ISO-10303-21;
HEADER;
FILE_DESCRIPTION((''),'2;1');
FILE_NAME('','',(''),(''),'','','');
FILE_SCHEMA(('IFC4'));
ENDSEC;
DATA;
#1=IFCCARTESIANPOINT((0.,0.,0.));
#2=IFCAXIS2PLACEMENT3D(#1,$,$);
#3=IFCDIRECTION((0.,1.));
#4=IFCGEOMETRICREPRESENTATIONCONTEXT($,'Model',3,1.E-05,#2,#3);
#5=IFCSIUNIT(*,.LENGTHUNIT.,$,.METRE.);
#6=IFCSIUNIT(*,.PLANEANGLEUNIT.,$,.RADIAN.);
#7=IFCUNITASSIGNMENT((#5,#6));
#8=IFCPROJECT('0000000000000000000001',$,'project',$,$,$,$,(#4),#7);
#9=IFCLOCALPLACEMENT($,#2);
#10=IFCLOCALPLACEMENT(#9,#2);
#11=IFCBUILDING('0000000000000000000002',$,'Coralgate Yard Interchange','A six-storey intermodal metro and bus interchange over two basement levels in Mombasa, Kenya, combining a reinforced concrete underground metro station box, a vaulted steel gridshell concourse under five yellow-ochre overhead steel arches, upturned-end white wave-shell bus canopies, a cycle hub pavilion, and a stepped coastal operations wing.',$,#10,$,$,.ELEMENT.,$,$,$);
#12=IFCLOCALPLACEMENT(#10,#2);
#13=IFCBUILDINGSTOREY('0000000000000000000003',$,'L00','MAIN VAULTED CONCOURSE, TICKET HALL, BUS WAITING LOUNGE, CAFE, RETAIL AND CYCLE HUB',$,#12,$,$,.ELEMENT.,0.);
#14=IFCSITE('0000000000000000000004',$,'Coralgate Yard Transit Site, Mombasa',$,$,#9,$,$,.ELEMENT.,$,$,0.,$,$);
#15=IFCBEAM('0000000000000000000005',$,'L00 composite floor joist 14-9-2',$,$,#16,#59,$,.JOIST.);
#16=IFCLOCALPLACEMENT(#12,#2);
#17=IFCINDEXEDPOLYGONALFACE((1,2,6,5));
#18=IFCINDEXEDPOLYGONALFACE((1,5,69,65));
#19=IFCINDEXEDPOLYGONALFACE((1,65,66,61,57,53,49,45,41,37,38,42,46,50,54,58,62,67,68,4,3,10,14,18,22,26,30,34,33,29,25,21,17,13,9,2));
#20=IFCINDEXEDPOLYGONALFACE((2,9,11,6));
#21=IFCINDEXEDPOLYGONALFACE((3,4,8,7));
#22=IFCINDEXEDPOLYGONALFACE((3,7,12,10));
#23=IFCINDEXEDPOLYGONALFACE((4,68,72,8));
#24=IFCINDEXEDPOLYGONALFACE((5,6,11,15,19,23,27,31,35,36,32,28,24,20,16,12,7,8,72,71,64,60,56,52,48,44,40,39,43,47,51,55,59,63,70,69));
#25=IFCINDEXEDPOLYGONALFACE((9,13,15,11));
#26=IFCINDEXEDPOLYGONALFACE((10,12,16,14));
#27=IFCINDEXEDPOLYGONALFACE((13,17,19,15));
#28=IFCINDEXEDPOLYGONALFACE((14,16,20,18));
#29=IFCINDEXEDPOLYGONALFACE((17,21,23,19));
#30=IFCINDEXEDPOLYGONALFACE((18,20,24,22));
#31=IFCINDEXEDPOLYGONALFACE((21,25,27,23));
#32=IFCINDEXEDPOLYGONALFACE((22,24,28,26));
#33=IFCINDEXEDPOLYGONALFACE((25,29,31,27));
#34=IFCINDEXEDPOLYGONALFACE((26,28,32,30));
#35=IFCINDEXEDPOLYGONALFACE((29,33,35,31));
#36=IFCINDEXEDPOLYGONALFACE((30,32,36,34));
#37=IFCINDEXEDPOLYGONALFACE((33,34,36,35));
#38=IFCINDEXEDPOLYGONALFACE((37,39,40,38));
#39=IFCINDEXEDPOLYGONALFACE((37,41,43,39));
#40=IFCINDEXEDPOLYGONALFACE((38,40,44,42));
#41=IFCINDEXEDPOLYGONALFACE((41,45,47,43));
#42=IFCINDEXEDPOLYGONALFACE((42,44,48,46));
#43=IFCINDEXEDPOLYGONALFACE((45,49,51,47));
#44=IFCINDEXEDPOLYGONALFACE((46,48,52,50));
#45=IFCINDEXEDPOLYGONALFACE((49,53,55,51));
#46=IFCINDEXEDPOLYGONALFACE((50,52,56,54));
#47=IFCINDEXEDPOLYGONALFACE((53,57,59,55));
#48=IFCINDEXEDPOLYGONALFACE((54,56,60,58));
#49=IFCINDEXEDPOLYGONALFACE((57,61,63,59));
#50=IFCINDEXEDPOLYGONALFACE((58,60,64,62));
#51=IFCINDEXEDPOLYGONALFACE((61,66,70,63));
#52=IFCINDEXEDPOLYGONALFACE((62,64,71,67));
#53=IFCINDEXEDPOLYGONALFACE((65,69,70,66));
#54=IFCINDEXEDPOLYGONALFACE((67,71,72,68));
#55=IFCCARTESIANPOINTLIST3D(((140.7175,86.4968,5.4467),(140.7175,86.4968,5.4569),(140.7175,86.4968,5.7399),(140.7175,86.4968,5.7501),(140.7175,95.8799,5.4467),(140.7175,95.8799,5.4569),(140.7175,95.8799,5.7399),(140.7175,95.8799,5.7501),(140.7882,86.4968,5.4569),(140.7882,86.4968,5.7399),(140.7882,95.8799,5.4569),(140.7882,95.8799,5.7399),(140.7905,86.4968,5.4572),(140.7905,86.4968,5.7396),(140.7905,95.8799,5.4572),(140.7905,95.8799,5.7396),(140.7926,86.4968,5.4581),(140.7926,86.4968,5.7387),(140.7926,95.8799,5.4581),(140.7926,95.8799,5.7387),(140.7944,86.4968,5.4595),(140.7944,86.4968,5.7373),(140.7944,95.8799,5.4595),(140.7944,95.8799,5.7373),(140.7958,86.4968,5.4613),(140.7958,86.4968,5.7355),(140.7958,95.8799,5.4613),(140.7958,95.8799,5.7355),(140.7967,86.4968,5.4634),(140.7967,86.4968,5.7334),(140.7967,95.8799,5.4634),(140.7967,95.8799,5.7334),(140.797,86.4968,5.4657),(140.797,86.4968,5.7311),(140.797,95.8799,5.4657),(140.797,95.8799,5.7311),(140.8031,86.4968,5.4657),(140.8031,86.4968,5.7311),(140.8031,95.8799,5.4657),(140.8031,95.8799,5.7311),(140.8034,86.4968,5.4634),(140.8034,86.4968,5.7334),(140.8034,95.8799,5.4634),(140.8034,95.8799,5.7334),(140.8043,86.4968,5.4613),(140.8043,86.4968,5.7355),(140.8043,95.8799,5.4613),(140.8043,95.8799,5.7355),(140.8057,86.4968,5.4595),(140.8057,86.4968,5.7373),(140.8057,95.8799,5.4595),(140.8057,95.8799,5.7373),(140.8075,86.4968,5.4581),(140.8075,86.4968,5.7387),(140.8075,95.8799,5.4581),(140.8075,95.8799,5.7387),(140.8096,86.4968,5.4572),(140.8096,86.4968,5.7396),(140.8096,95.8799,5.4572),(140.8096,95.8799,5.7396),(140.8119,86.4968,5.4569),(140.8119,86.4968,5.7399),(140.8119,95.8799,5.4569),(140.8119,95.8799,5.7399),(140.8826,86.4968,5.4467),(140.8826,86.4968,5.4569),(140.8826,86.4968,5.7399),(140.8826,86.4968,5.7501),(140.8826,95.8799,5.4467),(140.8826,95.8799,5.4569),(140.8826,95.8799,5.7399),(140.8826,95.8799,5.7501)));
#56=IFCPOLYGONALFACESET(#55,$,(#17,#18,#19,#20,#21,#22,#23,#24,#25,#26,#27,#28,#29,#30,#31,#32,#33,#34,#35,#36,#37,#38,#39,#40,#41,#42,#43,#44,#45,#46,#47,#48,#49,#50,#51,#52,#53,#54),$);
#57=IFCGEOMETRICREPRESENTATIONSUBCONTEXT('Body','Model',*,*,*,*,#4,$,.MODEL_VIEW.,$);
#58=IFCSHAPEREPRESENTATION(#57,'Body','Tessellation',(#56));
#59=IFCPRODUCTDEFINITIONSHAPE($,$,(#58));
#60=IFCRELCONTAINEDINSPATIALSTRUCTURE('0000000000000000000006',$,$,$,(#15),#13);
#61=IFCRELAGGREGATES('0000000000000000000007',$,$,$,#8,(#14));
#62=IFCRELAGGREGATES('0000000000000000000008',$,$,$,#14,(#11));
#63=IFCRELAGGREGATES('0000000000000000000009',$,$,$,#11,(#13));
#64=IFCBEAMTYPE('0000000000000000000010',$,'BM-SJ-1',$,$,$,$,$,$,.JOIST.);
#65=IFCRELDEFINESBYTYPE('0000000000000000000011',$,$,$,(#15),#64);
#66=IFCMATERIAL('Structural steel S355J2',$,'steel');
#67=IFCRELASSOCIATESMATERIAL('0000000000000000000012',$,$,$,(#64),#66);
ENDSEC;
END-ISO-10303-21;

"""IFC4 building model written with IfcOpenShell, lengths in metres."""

from ifc_helpers import new_model, si_unit, direction, frame, origin, origin_2d, place, context, subcontext, project, spatial, i_section, extrude, material, material_profile, profile_set, type_object, element, save


model = new_model("IFC4")

# Units and contexts
model_context = context("Model", 3, precision=1e-05, world=origin(), true_north=direction((0.0, 1.0)))
body_context = subcontext(model_context, "Body", "Model", "MODEL_VIEW")
ifc_project = project(units=[si_unit("LENGTHUNIT", "METRE"), si_unit("PLANEANGLEUNIT", "RADIAN")], contexts=[model_context])

# Site, building, storey
site_placement = place(None, origin())
site = spatial("IfcSite", under=ifc_project, at=site_placement, Name="Coralgate Yard Transit Site, Mombasa", CompositionType="ELEMENT", RefElevation=0.0)
building_placement = place(site_placement, origin())
building = spatial("IfcBuilding", under=site, at=building_placement, Name="Coralgate Yard Interchange", Description="A six-storey intermodal metro and bus interchange over two basement levels in Mombasa, Kenya, combining a reinforced concrete underground metro station box, a vaulted steel gridshell concourse under five yellow-ochre overhead steel arches, upturned-end white wave-shell bus canopies, a cycle hub pavilion, and a stepped coastal operations wing.", CompositionType="ELEMENT")
storey_placement = place(building_placement, origin())
storey = spatial("IfcBuildingStorey", under=building, at=storey_placement, Name="L00", Description="MAIN VAULTED CONCOURSE, TICKET HALL, BUS WAITING LOUNGE, CAFE, RETAIL AND CYCLE HUB", CompositionType="ELEMENT", Elevation=0.0)

# Shared definitions
ifc_material_1 = material(Name="Structural steel S355J2", Category="steel")

# Beam
ifc_material_profile_1 = material_profile(ifc_material_1, i_section(OverallWidth=0.165, OverallDepth=0.3035, WebThickness=0.0061, FlangeThickness=0.0103, FilletRadius=0.0088, at=origin_2d()), Name="UB 305x165x40")
ifc_profile_set_1 = profile_set([ifc_material_profile_1], Name="Structural steel S355J2")
beam_type_1 = type_object("IfcBeamType", Name="BM-SJ-1", PredefinedType="JOIST", material=ifc_profile_set_1)
for number, where, z_axis, x_axis, name in (
    (1, (140.8, 86.4968, 5.5984), (0.0, 1.0, 0.0), (-1.0, 0.0, 0.0), "L00 composite floor joist 14-9-2"),
):
    element("IfcBeam", number, at=place(storey_placement, frame(where, z_axis=z_axis, x_axis=x_axis)), inside=storey, type_object=beam_type_1, Name=name, PredefinedType="JOIST", context=body_context, shape_type="SweptSolid", body=[
        extrude(i_section(OverallWidth=0.165, OverallDepth=0.3035, WebThickness=0.0061, FlangeThickness=0.0103, FilletRadius=0.0088, at=origin_2d()), origin(), (0.0, 0.0, 1.0), 9.3831),
    ])

save(model, "model.ifc")
